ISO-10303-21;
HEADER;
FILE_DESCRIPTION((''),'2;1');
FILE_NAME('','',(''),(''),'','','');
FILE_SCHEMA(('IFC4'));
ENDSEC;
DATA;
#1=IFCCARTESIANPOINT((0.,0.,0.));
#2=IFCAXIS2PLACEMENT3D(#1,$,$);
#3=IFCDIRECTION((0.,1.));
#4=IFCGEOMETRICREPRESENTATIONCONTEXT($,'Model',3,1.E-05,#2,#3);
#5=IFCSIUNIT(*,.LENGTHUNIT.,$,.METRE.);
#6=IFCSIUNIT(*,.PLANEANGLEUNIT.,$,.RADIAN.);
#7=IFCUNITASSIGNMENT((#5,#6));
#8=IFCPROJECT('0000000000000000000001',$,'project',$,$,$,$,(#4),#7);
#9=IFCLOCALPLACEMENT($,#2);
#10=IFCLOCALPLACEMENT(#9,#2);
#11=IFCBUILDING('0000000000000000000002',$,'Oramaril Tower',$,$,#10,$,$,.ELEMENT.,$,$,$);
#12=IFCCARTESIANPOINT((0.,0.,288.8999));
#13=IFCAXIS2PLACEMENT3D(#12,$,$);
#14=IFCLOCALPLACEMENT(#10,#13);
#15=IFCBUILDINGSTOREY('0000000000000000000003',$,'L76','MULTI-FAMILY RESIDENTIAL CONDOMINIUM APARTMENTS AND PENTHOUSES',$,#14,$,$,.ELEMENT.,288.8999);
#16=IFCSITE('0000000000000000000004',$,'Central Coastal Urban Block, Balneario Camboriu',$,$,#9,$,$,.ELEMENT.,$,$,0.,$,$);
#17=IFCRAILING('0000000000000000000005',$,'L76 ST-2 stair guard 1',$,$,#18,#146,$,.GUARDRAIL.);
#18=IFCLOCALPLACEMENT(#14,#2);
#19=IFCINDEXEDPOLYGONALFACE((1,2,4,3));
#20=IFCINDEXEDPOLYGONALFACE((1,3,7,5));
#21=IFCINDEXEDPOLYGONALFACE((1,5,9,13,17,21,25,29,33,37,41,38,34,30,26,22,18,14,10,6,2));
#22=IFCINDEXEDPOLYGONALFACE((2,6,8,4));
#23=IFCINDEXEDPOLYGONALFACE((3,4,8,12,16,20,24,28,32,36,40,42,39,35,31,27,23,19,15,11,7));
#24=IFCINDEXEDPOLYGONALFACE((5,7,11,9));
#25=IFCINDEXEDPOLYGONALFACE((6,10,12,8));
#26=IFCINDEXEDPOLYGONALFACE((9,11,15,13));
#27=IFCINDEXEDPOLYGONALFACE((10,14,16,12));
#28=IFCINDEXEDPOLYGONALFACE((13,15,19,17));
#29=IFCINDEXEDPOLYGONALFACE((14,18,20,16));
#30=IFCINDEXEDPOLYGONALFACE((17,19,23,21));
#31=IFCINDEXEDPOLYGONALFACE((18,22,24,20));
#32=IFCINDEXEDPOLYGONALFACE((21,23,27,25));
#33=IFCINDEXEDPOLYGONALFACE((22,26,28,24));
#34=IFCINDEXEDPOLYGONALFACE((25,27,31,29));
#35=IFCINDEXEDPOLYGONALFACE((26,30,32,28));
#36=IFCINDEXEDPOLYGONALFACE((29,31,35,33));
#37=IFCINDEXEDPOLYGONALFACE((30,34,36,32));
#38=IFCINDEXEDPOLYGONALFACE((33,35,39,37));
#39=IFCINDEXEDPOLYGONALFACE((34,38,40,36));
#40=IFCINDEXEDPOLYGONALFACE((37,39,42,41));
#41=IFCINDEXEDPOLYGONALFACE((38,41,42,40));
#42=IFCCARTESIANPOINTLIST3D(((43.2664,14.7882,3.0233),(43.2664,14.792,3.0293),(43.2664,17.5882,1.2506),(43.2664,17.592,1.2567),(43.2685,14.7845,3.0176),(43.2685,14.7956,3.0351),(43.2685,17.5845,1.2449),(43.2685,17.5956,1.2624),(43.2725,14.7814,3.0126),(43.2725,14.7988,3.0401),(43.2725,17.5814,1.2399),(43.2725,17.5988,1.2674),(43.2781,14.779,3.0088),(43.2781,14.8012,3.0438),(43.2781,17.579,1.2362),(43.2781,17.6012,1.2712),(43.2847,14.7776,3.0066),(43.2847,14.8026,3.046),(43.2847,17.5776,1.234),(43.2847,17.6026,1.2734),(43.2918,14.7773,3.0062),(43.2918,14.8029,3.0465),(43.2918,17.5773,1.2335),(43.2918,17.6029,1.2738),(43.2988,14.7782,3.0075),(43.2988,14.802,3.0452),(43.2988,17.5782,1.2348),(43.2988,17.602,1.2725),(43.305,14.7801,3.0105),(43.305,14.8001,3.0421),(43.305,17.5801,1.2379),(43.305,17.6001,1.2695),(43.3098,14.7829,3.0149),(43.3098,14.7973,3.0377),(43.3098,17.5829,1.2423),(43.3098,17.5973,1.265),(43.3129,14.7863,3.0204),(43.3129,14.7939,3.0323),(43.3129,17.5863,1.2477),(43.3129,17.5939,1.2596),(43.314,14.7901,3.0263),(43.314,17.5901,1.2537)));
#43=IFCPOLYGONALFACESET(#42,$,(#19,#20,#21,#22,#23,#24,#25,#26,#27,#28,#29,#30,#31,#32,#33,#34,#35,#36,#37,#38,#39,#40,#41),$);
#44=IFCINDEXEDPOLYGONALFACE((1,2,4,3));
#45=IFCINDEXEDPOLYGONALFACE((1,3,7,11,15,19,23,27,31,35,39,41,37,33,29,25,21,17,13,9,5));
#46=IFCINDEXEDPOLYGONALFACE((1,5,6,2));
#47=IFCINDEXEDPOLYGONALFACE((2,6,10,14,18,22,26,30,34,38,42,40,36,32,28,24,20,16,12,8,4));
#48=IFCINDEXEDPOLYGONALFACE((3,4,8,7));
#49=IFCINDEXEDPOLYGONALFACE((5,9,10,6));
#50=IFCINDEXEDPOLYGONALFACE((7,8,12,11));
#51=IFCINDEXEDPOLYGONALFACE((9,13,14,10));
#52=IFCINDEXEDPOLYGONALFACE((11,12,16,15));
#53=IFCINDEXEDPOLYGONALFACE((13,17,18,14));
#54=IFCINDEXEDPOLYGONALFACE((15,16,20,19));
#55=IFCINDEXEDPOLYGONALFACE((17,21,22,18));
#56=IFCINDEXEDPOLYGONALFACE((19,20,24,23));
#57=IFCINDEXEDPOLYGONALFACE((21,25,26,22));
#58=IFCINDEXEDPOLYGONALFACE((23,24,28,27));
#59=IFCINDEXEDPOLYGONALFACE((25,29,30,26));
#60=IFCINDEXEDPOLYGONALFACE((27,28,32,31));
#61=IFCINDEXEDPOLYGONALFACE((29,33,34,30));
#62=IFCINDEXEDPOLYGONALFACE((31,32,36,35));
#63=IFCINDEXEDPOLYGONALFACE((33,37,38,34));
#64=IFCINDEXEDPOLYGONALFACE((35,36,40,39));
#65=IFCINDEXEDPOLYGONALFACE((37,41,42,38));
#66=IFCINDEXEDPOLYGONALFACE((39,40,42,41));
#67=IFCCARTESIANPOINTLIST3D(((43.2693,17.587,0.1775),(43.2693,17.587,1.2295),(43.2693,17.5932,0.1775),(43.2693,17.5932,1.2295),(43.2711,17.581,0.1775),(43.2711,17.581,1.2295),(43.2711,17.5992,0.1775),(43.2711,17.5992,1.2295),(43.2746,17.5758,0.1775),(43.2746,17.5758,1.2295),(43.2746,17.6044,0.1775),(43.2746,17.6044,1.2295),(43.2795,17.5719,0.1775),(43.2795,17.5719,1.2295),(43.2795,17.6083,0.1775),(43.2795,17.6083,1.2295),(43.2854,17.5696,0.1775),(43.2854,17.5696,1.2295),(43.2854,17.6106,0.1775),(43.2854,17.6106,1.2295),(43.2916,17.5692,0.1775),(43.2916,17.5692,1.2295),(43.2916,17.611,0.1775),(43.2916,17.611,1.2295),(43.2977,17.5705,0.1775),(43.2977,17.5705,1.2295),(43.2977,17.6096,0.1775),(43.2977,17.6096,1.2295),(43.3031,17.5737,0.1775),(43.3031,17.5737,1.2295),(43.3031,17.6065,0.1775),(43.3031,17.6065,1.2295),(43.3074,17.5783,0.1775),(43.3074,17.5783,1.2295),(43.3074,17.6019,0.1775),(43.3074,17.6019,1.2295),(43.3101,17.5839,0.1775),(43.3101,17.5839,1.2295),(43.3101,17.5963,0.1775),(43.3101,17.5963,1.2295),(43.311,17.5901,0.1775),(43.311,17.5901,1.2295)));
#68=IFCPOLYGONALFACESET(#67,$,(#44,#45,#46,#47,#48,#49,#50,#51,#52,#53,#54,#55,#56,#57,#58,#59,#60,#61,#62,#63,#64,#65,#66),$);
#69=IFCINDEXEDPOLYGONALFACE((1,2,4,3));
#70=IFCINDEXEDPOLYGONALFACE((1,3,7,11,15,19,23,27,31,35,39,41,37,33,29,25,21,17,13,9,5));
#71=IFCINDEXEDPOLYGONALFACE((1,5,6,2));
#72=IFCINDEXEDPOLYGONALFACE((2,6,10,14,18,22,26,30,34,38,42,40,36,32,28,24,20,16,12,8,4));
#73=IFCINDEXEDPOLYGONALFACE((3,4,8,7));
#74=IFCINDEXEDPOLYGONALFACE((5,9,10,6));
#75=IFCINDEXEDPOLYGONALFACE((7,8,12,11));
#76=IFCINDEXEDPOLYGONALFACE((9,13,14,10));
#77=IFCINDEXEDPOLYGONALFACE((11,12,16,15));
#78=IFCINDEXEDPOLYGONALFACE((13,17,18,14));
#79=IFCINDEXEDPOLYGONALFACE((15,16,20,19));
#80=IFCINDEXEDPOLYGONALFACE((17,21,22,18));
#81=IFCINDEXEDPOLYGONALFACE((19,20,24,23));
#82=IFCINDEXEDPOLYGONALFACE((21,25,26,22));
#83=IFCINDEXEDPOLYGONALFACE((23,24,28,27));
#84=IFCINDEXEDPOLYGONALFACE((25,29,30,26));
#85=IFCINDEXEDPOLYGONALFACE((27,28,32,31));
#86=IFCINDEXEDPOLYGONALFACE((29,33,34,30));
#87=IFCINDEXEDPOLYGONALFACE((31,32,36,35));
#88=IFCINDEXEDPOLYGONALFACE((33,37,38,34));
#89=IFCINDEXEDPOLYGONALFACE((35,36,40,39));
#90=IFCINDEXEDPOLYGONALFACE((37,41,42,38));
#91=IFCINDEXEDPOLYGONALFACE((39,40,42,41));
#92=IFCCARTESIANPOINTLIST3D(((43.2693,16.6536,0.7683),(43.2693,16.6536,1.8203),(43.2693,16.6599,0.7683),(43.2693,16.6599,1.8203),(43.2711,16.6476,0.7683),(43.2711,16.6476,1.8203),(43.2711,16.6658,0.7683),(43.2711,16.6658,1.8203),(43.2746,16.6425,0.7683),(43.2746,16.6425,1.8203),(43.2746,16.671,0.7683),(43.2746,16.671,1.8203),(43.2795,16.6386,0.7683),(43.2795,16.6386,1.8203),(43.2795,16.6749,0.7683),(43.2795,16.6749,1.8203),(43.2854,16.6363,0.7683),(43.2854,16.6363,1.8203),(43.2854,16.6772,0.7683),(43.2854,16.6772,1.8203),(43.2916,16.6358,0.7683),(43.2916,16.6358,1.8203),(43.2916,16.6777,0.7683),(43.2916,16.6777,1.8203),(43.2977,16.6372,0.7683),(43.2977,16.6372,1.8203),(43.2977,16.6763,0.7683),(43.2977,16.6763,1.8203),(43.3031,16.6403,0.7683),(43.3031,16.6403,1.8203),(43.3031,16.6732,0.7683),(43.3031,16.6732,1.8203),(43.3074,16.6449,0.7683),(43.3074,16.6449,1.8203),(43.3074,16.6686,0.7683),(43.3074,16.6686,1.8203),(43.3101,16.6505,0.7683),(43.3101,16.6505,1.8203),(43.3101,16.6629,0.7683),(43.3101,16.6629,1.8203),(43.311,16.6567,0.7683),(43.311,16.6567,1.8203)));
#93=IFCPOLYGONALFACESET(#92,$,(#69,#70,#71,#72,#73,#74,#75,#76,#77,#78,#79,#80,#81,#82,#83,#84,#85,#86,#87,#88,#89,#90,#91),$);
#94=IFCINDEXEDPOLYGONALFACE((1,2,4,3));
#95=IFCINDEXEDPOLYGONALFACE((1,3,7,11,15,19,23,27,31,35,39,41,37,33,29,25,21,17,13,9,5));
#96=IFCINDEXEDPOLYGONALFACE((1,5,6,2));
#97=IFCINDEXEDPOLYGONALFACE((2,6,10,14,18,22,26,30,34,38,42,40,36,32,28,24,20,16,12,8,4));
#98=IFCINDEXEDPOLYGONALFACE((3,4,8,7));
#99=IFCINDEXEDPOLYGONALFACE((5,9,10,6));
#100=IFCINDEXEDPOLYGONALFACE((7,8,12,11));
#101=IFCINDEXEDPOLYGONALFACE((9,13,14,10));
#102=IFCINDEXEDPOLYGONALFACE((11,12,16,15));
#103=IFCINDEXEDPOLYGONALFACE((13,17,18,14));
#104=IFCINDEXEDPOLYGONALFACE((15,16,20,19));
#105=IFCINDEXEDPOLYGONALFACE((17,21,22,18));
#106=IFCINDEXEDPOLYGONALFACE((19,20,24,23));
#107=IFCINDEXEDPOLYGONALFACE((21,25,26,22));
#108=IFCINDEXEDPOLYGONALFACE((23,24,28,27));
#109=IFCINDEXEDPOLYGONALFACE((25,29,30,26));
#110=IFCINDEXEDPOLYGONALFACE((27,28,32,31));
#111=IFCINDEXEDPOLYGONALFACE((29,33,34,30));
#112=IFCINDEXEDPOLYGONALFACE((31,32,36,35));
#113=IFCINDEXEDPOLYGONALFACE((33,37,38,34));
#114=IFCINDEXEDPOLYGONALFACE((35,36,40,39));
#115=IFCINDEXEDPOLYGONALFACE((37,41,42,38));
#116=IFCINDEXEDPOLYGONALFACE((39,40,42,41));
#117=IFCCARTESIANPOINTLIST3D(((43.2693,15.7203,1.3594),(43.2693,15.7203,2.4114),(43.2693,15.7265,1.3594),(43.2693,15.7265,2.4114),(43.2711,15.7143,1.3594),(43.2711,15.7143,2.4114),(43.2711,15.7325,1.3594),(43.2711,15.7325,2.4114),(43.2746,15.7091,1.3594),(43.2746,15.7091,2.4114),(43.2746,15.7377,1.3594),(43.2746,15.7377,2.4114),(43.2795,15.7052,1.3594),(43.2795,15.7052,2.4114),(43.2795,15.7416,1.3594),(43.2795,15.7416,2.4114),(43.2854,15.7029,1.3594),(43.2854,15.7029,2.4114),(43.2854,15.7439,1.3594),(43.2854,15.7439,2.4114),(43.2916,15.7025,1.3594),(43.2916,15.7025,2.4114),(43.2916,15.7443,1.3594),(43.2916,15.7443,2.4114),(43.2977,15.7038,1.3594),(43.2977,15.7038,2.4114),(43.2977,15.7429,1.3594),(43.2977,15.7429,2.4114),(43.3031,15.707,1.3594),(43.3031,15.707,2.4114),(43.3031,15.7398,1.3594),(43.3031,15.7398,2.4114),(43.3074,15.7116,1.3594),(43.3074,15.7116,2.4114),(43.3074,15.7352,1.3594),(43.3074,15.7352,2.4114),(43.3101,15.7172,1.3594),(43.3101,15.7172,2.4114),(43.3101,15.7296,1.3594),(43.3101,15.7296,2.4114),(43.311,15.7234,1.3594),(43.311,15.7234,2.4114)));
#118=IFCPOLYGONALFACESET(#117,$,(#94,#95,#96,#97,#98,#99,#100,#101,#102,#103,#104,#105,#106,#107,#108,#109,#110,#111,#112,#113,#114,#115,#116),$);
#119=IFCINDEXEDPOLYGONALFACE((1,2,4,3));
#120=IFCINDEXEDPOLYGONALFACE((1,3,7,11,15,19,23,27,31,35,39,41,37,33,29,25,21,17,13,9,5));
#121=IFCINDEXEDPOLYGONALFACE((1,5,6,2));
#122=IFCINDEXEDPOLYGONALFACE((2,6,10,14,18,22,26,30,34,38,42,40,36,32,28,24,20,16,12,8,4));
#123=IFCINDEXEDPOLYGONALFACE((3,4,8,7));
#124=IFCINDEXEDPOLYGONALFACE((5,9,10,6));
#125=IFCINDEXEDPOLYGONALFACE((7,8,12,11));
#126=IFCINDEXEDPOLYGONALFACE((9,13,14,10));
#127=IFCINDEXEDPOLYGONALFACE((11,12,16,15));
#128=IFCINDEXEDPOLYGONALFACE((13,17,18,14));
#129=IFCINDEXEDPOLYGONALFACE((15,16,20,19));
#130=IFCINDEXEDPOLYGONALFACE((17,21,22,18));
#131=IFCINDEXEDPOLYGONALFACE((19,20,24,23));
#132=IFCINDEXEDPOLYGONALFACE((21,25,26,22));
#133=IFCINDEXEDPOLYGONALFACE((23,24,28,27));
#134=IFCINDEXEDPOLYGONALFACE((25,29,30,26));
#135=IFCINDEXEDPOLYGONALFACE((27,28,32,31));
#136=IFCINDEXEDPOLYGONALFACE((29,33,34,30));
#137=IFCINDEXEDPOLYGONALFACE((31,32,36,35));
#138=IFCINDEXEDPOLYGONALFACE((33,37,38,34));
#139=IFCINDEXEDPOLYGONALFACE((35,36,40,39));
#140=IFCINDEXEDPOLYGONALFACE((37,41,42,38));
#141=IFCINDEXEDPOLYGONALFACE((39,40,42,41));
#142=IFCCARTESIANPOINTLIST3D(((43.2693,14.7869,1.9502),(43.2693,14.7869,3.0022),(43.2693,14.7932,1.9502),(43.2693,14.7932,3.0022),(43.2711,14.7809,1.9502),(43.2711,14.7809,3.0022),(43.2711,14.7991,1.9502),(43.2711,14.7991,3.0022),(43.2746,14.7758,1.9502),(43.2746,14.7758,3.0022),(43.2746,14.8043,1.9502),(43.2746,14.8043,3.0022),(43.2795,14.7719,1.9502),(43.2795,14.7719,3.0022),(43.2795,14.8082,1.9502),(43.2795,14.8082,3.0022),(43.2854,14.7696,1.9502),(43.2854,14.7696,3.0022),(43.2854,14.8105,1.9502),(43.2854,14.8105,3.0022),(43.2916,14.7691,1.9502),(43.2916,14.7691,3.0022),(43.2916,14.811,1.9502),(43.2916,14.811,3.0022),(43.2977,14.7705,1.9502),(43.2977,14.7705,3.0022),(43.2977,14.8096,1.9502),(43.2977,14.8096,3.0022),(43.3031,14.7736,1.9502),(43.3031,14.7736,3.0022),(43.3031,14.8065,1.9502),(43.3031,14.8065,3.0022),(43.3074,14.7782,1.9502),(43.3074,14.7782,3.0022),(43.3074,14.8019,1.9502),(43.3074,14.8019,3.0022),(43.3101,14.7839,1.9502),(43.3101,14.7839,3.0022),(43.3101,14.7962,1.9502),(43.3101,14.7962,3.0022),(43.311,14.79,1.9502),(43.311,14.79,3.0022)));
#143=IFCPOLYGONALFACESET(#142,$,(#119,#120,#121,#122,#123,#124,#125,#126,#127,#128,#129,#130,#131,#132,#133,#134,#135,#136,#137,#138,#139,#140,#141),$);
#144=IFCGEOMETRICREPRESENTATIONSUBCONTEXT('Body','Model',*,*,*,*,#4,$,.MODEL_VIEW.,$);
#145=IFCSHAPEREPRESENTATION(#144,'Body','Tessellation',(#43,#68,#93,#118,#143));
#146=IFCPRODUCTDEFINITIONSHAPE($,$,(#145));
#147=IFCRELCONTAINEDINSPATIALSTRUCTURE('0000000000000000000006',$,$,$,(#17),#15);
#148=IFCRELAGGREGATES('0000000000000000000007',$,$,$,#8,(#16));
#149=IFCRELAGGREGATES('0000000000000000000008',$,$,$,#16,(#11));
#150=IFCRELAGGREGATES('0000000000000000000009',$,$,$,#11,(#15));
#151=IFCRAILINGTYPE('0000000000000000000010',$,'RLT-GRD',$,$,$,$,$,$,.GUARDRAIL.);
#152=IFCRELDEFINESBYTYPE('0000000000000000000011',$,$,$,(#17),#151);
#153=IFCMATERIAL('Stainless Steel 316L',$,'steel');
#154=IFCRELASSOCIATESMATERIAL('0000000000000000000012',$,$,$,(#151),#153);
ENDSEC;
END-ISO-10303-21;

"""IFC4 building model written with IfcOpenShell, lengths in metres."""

from ifc_helpers import new_model, si_unit, direction, frame, origin, origin_2d, place, context, subcontext, project, spatial, circle, extrude, material, type_object, element, save


model = new_model("IFC4")

# Units and contexts
model_context = context("Model", 3, precision=1e-05, world=origin(), true_north=direction((0.0, 1.0)))
body_context = subcontext(model_context, "Body", "Model", "MODEL_VIEW")
ifc_project = project(units=[si_unit("LENGTHUNIT", "METRE"), si_unit("PLANEANGLEUNIT", "RADIAN")], contexts=[model_context])

# Site, building, storey
site_placement = place(None, origin())
site = spatial("IfcSite", under=ifc_project, at=site_placement, Name="Central Coastal Urban Block, Balneario Camboriu", CompositionType="ELEMENT", RefElevation=0.0)
building_placement = place(site_placement, origin())
building = spatial("IfcBuilding", under=site, at=building_placement, Name="Oramaril Tower", CompositionType="ELEMENT")
storey_placement = place(building_placement, frame((0.0, 0.0, 288.8999)))
storey = spatial("IfcBuildingStorey", under=building, at=storey_placement, Name="L76", Description="MULTI-FAMILY RESIDENTIAL CONDOMINIUM APARTMENTS AND PENTHOUSES", CompositionType="ELEMENT", Elevation=288.8999)

# Railing
ifc_material_1 = material(Name="Stainless Steel 316L", Category="steel")
railing_type_1 = type_object("IfcRailingType", Name="RLT-GRD", PredefinedType="GUARDRAIL", material=ifc_material_1)
railing_1_placement = place(storey_placement, frame((43.29, 17.5901, 0.1775)))
element("IfcRailing", 1, at=railing_1_placement, inside=storey, type_object=railing_type_1, Name="L76 ST-2 stair guard 1", PredefinedType="GUARDRAIL", context=body_context, shape_type="SweptSolid", body=[
    extrude(circle(Radius=0.0239, at=origin_2d()), frame((0.0, 0.0, 1.0762), z_axis=(0.0, -0.844909, 0.53491), x_axis=(1.0, 0.0, 0.0)), (0.0, 0.0, 1.0), 3.314),
    extrude(circle(Radius=0.021, at=origin_2d()), origin(), (0.0, 0.0, 1.0), 1.052),
    extrude(circle(Radius=0.021, at=origin_2d()), frame((0.0, -0.9333, 0.5908)), (0.0, 0.0, 1.0), 1.052),
    extrude(circle(Radius=0.021, at=origin_2d()), frame((0.0, -1.8667, 1.1819)), (0.0, 0.0, 1.0), 1.052),
    extrude(circle(Radius=0.021, at=origin_2d()), frame((0.0, -2.8, 1.7727)), (0.0, 0.0, 1.0), 1.052),
])

save(model, "model.ifc")
